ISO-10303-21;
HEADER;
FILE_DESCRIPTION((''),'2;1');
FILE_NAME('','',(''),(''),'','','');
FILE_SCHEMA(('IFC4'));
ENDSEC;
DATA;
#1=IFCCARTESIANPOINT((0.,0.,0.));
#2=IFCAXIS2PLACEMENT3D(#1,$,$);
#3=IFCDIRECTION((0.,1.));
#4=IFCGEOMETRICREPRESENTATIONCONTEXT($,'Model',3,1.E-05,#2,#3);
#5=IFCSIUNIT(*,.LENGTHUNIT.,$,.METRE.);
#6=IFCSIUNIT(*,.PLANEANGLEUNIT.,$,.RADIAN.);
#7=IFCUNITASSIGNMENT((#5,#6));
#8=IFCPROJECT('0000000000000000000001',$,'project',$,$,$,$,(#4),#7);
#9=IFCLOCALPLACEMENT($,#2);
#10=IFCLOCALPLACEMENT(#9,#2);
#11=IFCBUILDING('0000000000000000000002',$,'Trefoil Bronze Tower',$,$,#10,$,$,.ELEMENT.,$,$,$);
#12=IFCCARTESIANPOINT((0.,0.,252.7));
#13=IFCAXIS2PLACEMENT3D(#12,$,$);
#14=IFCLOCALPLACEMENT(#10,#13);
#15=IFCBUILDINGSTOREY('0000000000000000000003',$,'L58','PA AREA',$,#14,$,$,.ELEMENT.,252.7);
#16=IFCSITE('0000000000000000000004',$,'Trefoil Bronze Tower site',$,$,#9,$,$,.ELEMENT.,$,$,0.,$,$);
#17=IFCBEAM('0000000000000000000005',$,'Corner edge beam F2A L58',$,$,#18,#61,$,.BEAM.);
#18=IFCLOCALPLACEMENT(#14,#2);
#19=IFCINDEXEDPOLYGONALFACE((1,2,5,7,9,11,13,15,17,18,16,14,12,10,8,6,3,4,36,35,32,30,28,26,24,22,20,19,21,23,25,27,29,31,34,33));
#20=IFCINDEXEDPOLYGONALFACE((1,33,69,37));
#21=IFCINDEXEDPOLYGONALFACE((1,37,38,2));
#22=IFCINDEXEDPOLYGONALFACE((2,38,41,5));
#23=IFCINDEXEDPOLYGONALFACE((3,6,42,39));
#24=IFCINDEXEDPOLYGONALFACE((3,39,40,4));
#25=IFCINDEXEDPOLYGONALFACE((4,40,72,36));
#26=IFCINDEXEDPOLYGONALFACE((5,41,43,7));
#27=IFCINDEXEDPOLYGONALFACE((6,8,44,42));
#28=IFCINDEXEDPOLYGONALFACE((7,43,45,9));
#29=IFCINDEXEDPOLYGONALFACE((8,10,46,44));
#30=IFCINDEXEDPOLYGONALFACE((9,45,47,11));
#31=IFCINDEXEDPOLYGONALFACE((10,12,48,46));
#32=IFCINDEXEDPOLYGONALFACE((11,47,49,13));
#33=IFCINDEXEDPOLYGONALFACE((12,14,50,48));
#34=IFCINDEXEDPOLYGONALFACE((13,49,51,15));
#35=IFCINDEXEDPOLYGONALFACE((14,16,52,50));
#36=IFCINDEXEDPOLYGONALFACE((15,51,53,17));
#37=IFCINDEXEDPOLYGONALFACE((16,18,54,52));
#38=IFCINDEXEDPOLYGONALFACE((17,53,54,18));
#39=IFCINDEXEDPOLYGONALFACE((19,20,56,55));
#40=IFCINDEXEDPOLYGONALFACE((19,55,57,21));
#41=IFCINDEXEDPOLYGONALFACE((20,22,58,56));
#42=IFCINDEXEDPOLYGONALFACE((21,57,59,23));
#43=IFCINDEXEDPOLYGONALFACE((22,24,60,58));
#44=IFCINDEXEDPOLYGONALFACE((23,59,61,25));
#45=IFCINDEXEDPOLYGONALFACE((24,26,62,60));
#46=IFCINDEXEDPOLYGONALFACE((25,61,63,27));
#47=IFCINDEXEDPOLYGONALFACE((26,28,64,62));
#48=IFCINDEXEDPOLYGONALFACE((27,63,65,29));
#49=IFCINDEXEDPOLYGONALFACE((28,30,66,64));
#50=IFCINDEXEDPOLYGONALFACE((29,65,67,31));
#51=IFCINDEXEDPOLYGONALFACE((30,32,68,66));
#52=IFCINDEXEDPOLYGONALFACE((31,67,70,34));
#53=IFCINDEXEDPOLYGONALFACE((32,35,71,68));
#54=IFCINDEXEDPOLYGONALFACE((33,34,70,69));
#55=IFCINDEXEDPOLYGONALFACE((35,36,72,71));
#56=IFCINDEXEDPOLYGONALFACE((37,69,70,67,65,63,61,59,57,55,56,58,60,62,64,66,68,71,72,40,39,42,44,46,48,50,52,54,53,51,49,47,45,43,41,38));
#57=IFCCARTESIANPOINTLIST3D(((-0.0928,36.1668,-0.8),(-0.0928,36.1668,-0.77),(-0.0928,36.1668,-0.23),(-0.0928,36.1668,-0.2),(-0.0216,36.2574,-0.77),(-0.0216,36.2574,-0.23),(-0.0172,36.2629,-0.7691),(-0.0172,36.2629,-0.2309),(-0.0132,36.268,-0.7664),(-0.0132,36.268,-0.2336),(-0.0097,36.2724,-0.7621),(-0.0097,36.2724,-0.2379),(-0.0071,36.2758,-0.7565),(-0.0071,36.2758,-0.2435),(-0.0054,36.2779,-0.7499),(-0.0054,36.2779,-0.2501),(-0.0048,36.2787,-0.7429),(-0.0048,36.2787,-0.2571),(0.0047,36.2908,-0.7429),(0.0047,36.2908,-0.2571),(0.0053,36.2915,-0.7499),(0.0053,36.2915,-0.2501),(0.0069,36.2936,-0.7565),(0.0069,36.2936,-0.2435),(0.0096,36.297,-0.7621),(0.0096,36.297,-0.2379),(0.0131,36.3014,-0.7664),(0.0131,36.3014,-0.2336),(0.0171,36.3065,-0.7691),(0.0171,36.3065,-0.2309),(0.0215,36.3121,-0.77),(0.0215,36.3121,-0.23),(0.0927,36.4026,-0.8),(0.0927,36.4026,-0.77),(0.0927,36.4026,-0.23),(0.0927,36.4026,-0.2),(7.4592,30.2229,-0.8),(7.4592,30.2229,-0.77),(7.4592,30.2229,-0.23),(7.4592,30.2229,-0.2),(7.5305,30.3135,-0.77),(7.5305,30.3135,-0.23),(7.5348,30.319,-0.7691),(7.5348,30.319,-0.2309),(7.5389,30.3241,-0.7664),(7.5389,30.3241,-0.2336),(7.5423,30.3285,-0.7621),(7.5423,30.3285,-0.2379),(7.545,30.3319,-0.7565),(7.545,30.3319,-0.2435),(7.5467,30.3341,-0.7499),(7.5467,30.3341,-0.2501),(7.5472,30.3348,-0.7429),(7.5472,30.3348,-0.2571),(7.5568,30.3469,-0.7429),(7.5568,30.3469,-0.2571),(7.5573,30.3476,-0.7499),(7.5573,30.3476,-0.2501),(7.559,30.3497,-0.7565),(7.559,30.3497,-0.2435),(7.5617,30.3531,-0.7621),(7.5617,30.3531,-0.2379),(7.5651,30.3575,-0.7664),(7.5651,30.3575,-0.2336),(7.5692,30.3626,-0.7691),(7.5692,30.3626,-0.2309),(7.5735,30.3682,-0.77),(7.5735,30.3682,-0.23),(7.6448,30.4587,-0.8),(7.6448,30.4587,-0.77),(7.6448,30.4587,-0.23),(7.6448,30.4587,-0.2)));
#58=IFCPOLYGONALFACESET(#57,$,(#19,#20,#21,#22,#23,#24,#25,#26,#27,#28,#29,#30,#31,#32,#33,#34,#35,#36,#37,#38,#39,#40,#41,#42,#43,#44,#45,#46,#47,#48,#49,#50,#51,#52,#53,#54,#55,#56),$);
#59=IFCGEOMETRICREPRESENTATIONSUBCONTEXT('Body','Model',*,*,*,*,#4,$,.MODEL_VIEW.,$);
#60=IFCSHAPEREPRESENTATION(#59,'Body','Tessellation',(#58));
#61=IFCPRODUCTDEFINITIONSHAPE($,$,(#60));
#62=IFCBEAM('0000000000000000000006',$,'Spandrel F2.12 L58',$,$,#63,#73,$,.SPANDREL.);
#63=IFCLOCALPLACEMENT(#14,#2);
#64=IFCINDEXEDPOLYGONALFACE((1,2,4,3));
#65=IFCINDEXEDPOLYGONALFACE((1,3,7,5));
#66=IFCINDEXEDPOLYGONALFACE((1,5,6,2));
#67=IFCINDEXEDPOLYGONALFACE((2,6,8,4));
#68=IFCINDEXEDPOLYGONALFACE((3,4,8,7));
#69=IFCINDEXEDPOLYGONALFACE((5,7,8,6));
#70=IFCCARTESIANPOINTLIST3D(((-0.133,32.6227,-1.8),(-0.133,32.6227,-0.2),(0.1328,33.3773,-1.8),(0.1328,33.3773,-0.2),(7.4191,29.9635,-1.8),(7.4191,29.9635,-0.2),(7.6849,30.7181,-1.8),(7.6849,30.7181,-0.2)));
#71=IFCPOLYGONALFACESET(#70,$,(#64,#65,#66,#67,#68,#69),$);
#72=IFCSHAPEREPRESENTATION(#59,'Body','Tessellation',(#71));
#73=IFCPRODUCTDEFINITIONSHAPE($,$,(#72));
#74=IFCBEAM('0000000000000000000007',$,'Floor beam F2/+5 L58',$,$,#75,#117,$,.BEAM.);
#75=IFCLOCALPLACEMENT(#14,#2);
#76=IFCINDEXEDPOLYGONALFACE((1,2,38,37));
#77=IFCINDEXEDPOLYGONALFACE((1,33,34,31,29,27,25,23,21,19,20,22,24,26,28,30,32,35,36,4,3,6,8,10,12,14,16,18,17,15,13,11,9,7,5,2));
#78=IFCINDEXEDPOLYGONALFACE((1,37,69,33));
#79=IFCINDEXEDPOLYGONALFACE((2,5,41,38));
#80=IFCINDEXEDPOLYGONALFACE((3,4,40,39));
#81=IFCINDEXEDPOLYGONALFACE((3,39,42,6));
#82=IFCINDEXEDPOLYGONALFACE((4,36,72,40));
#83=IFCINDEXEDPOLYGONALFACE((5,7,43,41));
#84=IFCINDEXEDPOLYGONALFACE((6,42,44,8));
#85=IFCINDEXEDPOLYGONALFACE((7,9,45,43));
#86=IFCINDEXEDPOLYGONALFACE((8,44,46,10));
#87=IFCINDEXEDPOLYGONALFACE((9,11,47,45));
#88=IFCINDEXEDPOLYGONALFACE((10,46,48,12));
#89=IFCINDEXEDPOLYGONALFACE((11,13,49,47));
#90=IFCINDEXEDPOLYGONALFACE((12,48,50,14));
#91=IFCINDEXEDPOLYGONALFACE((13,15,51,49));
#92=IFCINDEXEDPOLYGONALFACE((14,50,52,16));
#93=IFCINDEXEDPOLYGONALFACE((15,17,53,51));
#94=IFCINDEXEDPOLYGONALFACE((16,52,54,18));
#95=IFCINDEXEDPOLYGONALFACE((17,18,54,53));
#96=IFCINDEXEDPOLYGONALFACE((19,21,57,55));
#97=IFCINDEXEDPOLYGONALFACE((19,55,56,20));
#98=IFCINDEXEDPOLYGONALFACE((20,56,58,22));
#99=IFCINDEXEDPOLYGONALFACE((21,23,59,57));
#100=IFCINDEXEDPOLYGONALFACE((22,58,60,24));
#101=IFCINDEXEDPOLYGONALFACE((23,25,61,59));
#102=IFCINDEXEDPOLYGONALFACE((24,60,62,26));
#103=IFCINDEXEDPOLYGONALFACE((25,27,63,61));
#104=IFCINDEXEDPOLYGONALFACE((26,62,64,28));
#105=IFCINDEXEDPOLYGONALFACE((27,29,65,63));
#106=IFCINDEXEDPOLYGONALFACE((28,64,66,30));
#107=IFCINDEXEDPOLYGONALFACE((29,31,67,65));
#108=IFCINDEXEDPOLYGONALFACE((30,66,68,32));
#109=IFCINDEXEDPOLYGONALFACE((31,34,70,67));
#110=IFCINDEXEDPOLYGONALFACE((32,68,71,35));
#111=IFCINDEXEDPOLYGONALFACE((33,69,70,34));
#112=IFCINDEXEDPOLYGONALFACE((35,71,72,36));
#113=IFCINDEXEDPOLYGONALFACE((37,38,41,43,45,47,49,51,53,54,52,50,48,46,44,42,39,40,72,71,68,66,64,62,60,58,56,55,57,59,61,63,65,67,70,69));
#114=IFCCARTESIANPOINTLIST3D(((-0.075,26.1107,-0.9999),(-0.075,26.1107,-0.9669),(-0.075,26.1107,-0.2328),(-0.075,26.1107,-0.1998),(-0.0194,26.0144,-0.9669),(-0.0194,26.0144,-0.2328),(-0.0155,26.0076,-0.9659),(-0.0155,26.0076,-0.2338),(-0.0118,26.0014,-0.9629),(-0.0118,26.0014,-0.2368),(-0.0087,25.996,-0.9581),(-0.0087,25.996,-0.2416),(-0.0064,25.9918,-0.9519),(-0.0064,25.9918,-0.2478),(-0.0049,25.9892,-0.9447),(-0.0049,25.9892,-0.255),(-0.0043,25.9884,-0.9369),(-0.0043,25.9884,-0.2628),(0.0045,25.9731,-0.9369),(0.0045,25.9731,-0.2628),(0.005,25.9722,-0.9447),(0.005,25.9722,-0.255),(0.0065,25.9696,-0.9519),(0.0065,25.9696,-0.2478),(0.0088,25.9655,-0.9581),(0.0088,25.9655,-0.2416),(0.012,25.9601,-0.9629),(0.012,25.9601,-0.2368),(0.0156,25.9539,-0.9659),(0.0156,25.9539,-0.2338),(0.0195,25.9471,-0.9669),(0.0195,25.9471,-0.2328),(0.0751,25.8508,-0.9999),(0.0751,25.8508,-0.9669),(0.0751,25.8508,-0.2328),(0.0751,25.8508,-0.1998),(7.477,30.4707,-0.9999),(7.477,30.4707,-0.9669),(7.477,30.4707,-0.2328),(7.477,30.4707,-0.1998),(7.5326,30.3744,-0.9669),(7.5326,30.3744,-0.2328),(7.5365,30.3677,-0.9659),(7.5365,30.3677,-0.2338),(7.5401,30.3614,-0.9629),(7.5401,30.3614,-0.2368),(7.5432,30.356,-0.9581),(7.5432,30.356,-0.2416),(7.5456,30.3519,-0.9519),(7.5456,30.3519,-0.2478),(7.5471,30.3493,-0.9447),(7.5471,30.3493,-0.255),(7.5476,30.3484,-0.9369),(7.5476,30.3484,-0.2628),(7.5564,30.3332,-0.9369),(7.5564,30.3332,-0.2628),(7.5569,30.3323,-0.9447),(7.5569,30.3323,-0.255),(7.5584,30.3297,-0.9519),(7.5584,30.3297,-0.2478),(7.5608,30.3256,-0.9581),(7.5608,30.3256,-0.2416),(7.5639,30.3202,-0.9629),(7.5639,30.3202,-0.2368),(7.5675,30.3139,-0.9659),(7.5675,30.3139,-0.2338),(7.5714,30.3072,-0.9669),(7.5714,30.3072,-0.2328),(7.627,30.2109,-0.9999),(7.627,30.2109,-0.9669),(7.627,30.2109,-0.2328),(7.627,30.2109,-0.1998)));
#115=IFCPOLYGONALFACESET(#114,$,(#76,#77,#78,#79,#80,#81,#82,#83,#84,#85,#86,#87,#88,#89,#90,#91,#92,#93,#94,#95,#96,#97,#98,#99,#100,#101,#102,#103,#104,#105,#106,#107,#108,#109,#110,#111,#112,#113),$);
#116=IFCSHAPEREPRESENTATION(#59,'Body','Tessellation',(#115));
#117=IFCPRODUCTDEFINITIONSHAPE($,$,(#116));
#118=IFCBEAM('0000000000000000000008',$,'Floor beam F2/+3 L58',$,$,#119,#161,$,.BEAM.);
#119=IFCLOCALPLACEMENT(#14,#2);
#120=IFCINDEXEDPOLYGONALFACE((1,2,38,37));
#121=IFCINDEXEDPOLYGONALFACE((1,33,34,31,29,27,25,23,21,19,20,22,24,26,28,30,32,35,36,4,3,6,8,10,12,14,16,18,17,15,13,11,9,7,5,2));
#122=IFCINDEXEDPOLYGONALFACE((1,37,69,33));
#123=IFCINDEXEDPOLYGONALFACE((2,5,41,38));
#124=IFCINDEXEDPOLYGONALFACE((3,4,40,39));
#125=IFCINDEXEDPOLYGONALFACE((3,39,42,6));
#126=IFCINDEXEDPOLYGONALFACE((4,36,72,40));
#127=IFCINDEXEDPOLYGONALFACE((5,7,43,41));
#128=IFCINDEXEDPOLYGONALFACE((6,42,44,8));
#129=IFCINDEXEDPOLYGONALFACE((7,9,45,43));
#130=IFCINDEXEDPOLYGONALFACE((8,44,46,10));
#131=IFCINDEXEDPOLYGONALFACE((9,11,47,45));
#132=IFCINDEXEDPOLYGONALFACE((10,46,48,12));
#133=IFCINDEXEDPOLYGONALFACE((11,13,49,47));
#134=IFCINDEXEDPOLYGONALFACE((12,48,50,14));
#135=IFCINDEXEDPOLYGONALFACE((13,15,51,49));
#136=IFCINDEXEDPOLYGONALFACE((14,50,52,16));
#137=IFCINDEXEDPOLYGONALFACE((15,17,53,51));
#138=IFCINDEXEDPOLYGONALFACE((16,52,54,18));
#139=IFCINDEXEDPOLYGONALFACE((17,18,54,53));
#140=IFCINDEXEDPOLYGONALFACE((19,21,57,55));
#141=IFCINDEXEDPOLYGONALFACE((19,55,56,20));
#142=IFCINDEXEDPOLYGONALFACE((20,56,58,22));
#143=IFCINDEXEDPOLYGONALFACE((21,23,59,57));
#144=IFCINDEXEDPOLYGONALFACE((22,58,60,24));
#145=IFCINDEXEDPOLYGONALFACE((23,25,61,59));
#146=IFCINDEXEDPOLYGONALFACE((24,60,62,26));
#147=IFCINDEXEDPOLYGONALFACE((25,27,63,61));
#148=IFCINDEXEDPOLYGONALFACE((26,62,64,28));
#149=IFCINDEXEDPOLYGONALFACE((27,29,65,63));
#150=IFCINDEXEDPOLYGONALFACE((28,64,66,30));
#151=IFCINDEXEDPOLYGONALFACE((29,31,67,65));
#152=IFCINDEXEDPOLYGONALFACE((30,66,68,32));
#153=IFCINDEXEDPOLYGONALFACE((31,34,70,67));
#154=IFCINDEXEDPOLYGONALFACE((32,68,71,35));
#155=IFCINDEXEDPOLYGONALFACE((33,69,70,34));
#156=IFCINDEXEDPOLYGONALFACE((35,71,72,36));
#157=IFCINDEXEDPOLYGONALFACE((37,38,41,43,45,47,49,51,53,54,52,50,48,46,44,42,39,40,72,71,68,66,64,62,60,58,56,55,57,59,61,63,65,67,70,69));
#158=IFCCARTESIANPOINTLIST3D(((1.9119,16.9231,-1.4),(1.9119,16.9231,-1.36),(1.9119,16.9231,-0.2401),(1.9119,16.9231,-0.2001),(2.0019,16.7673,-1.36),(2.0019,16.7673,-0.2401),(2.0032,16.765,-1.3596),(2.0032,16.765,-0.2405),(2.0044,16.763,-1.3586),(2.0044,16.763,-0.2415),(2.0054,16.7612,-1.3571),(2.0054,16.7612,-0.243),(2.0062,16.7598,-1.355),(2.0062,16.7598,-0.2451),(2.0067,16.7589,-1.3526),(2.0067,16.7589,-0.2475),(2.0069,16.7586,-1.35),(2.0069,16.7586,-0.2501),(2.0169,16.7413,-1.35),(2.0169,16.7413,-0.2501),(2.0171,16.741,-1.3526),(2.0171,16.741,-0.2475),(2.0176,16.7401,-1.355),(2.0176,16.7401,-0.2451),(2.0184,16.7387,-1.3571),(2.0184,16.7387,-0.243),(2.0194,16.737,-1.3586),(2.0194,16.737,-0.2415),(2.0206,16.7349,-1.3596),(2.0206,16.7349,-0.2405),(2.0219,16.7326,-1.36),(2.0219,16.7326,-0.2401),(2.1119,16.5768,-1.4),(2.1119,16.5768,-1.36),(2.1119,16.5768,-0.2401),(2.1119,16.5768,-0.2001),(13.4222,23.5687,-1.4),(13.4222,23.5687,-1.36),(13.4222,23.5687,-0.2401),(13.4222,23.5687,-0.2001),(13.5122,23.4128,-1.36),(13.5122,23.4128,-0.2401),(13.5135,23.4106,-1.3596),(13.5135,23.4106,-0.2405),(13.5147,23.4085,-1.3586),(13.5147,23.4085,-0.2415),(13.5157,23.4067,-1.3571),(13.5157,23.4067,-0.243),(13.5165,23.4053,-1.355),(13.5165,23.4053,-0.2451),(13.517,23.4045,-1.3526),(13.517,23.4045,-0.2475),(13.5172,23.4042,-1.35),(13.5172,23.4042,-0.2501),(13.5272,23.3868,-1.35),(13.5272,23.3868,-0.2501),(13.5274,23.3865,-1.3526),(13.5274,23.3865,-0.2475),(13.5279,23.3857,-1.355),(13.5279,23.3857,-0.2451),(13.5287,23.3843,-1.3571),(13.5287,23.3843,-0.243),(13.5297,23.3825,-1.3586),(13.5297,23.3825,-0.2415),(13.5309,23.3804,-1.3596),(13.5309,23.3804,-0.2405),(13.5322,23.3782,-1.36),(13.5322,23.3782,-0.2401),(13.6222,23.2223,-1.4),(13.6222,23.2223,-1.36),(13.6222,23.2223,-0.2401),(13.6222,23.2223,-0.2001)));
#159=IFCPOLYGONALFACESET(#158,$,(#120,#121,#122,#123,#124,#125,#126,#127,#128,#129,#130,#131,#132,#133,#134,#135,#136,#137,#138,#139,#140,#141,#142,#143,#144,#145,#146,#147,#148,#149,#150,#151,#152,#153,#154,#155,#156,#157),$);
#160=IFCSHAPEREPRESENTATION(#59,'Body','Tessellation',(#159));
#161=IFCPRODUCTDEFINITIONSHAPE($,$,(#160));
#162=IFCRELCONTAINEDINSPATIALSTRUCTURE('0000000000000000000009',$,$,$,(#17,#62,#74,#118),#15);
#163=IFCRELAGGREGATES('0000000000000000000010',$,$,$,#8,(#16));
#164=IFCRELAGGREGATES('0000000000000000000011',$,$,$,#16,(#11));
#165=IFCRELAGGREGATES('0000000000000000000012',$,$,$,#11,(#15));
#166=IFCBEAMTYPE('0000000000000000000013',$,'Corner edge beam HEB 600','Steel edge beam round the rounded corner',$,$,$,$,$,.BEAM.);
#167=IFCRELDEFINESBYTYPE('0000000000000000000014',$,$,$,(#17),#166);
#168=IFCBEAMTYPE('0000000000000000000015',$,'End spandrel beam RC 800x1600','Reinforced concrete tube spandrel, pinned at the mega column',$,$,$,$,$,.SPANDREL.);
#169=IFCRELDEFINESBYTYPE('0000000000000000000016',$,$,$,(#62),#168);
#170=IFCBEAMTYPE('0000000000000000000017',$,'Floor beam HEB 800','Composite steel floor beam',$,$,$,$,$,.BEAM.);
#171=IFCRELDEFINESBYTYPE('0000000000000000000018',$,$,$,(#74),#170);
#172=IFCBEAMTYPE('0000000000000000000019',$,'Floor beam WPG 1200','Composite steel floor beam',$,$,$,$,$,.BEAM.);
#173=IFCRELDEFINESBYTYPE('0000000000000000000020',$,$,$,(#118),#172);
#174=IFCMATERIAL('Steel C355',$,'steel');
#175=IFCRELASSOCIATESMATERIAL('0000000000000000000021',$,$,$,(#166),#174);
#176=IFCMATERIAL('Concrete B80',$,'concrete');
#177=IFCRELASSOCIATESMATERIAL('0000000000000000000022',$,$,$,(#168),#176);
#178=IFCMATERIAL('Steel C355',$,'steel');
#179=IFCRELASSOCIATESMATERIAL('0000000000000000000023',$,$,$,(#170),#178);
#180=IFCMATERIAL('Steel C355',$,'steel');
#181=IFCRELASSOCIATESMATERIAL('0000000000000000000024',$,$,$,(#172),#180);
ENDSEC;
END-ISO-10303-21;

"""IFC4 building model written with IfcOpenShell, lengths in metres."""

from ifc_helpers import new_model, si_unit, direction, frame, origin, origin_2d, place, context, subcontext, project, spatial, rectangle, i_section, extrude, material, material_profile, profile_set, type_object, element, save


model = new_model("IFC4")

# Units and contexts
model_context = context("Model", 3, precision=1e-05, world=origin(), true_north=direction((0.0, 1.0)))
body_context = subcontext(model_context, "Body", "Model", "MODEL_VIEW")
ifc_project = project(units=[si_unit("LENGTHUNIT", "METRE"), si_unit("PLANEANGLEUNIT", "RADIAN")], contexts=[model_context])

# Site, building, storey
site_placement = place(None, origin())
site = spatial("IfcSite", under=ifc_project, at=site_placement, Name="Trefoil Bronze Tower site", CompositionType="ELEMENT", RefElevation=0.0)
building_placement = place(site_placement, origin())
building = spatial("IfcBuilding", under=site, at=building_placement, Name="Trefoil Bronze Tower", CompositionType="ELEMENT")
storey_placement = place(building_placement, frame((0.0, 0.0, 252.7)))
storey = spatial("IfcBuildingStorey", under=building, at=storey_placement, Name="L58", Description="PA AREA", CompositionType="ELEMENT", Elevation=252.7)

# Beams
ifc_material_1 = material(Name="Steel C355", Category="steel")
ifc_material_profile_1 = material_profile(ifc_material_1, i_section(OverallWidth=0.3, OverallDepth=0.6001, WebThickness=0.0154, FlangeThickness=0.03, FilletRadius=0.0271, at=origin_2d()), Name="HEB 600")
ifc_profile_set_1 = profile_set([ifc_material_profile_1], Name="Steel C355")
beam_type_1 = type_object("IfcBeamType", Name="Corner edge beam HEB 600", Description="Steel edge beam round the rounded corner", PredefinedType="BEAM", material=ifc_profile_set_1)
beam_1_placement = place(storey_placement, frame((7.552, 30.3408, -0.5), z_axis=(-0.785806, 0.618473, 0.0), x_axis=(-0.618473, -0.785806, 0.0)))
element("IfcBeam", 1, at=beam_1_placement, inside=storey, type_object=beam_type_1, Name="Corner edge beam F2A L58", PredefinedType="BEAM", context=body_context, shape_type="SweptSolid", body=[
    extrude(i_section(OverallWidth=0.3, OverallDepth=0.6001, WebThickness=0.0154, FlangeThickness=0.03, FilletRadius=0.0271, at=origin_2d()), origin(), (0.0, 0.0, 1.0), 9.6106),
])
ifc_material_2 = material(Name="Concrete B80", Category="concrete")
ifc_material_profile_2 = material_profile(ifc_material_2, rectangle(XDim=0.8, YDim=1.6001, at=origin_2d()), Name="RC 800x1600")
ifc_profile_set_2 = profile_set([ifc_material_profile_2], Name="Concrete B80")
beam_type_2 = type_object("IfcBeamType", Name="End spandrel beam RC 800x1600", Description="Reinforced concrete tube spandrel, pinned at the mega column", PredefinedType="SPANDREL", material=ifc_profile_set_2)
beam_2_placement = place(storey_placement, frame((7.552, 30.3408, -1.0), z_axis=(-0.943234, 0.332128, 0.0), x_axis=(-0.332128, -0.943234, 0.0)))
element("IfcBeam", 2, at=beam_2_placement, inside=storey, type_object=beam_type_2, Name="Spandrel F2.12 L58", PredefinedType="SPANDREL", context=body_context, shape_type="SweptSolid", body=[
    extrude(rectangle(XDim=0.8, YDim=1.6001, at=origin_2d()), origin(), (0.0, 0.0, 1.0), 8.0066),
])
ifc_material_3 = material(Name="Steel C355", Category="steel")
ifc_material_profile_3 = material_profile(ifc_material_3, i_section(OverallWidth=0.3, OverallDepth=0.8, WebThickness=0.0176, FlangeThickness=0.033, FilletRadius=0.03, at=origin_2d()), Name="HEB 800")
ifc_profile_set_3 = profile_set([ifc_material_profile_3], Name="Steel C355")
beam_type_3 = type_object("IfcBeamType", Name="Floor beam HEB 800", Description="Composite steel floor beam", PredefinedType="BEAM", material=ifc_profile_set_3)
beam_3_placement = place(storey_placement, frame((7.552, 30.3408, -0.5999), z_axis=(-0.866028, -0.499996, 0.0), x_axis=(0.499996, -0.866028, 0.0)))
element("IfcBeam", 3, at=beam_3_placement, inside=storey, type_object=beam_type_3, Name="Floor beam F2/+5 L58", PredefinedType="BEAM", context=body_context, shape_type="SweptSolid", body=[
    extrude(i_section(OverallWidth=0.3, OverallDepth=0.8, WebThickness=0.0176, FlangeThickness=0.033, FilletRadius=0.03, at=origin_2d()), origin(), (0.0, 0.0, 1.0), 8.7202),
])
ifc_material_4 = material(Name="Steel C355", Category="steel")
ifc_material_profile_4 = material_profile(ifc_material_4, i_section(OverallWidth=0.3999, OverallDepth=1.2, WebThickness=0.02, FlangeThickness=0.04, FilletRadius=0.01, at=origin_2d()), Name="WPG 1200")
ifc_profile_set_4 = profile_set([ifc_material_profile_4], Name="Steel C355")
beam_type_4 = type_object("IfcBeamType", Name="Floor beam WPG 1200", Description="Composite steel floor beam", PredefinedType="BEAM", material=ifc_profile_set_4)
beam_4_placement = place(storey_placement, frame((13.5222, 23.3955, -0.8), z_axis=(-0.866023, -0.500003, 0.0), x_axis=(0.500003, -0.866023, 0.0)))
element("IfcBeam", 4, at=beam_4_placement, inside=storey, type_object=beam_type_4, Name="Floor beam F2/+3 L58", PredefinedType="BEAM", context=body_context, shape_type="SweptSolid", body=[
    extrude(i_section(OverallWidth=0.3999, OverallDepth=1.2, WebThickness=0.02, FlangeThickness=0.04, FilletRadius=0.01, at=origin_2d()), origin(), (0.0, 0.0, 1.0), 13.291),
])

save(model, "model.ifc")
